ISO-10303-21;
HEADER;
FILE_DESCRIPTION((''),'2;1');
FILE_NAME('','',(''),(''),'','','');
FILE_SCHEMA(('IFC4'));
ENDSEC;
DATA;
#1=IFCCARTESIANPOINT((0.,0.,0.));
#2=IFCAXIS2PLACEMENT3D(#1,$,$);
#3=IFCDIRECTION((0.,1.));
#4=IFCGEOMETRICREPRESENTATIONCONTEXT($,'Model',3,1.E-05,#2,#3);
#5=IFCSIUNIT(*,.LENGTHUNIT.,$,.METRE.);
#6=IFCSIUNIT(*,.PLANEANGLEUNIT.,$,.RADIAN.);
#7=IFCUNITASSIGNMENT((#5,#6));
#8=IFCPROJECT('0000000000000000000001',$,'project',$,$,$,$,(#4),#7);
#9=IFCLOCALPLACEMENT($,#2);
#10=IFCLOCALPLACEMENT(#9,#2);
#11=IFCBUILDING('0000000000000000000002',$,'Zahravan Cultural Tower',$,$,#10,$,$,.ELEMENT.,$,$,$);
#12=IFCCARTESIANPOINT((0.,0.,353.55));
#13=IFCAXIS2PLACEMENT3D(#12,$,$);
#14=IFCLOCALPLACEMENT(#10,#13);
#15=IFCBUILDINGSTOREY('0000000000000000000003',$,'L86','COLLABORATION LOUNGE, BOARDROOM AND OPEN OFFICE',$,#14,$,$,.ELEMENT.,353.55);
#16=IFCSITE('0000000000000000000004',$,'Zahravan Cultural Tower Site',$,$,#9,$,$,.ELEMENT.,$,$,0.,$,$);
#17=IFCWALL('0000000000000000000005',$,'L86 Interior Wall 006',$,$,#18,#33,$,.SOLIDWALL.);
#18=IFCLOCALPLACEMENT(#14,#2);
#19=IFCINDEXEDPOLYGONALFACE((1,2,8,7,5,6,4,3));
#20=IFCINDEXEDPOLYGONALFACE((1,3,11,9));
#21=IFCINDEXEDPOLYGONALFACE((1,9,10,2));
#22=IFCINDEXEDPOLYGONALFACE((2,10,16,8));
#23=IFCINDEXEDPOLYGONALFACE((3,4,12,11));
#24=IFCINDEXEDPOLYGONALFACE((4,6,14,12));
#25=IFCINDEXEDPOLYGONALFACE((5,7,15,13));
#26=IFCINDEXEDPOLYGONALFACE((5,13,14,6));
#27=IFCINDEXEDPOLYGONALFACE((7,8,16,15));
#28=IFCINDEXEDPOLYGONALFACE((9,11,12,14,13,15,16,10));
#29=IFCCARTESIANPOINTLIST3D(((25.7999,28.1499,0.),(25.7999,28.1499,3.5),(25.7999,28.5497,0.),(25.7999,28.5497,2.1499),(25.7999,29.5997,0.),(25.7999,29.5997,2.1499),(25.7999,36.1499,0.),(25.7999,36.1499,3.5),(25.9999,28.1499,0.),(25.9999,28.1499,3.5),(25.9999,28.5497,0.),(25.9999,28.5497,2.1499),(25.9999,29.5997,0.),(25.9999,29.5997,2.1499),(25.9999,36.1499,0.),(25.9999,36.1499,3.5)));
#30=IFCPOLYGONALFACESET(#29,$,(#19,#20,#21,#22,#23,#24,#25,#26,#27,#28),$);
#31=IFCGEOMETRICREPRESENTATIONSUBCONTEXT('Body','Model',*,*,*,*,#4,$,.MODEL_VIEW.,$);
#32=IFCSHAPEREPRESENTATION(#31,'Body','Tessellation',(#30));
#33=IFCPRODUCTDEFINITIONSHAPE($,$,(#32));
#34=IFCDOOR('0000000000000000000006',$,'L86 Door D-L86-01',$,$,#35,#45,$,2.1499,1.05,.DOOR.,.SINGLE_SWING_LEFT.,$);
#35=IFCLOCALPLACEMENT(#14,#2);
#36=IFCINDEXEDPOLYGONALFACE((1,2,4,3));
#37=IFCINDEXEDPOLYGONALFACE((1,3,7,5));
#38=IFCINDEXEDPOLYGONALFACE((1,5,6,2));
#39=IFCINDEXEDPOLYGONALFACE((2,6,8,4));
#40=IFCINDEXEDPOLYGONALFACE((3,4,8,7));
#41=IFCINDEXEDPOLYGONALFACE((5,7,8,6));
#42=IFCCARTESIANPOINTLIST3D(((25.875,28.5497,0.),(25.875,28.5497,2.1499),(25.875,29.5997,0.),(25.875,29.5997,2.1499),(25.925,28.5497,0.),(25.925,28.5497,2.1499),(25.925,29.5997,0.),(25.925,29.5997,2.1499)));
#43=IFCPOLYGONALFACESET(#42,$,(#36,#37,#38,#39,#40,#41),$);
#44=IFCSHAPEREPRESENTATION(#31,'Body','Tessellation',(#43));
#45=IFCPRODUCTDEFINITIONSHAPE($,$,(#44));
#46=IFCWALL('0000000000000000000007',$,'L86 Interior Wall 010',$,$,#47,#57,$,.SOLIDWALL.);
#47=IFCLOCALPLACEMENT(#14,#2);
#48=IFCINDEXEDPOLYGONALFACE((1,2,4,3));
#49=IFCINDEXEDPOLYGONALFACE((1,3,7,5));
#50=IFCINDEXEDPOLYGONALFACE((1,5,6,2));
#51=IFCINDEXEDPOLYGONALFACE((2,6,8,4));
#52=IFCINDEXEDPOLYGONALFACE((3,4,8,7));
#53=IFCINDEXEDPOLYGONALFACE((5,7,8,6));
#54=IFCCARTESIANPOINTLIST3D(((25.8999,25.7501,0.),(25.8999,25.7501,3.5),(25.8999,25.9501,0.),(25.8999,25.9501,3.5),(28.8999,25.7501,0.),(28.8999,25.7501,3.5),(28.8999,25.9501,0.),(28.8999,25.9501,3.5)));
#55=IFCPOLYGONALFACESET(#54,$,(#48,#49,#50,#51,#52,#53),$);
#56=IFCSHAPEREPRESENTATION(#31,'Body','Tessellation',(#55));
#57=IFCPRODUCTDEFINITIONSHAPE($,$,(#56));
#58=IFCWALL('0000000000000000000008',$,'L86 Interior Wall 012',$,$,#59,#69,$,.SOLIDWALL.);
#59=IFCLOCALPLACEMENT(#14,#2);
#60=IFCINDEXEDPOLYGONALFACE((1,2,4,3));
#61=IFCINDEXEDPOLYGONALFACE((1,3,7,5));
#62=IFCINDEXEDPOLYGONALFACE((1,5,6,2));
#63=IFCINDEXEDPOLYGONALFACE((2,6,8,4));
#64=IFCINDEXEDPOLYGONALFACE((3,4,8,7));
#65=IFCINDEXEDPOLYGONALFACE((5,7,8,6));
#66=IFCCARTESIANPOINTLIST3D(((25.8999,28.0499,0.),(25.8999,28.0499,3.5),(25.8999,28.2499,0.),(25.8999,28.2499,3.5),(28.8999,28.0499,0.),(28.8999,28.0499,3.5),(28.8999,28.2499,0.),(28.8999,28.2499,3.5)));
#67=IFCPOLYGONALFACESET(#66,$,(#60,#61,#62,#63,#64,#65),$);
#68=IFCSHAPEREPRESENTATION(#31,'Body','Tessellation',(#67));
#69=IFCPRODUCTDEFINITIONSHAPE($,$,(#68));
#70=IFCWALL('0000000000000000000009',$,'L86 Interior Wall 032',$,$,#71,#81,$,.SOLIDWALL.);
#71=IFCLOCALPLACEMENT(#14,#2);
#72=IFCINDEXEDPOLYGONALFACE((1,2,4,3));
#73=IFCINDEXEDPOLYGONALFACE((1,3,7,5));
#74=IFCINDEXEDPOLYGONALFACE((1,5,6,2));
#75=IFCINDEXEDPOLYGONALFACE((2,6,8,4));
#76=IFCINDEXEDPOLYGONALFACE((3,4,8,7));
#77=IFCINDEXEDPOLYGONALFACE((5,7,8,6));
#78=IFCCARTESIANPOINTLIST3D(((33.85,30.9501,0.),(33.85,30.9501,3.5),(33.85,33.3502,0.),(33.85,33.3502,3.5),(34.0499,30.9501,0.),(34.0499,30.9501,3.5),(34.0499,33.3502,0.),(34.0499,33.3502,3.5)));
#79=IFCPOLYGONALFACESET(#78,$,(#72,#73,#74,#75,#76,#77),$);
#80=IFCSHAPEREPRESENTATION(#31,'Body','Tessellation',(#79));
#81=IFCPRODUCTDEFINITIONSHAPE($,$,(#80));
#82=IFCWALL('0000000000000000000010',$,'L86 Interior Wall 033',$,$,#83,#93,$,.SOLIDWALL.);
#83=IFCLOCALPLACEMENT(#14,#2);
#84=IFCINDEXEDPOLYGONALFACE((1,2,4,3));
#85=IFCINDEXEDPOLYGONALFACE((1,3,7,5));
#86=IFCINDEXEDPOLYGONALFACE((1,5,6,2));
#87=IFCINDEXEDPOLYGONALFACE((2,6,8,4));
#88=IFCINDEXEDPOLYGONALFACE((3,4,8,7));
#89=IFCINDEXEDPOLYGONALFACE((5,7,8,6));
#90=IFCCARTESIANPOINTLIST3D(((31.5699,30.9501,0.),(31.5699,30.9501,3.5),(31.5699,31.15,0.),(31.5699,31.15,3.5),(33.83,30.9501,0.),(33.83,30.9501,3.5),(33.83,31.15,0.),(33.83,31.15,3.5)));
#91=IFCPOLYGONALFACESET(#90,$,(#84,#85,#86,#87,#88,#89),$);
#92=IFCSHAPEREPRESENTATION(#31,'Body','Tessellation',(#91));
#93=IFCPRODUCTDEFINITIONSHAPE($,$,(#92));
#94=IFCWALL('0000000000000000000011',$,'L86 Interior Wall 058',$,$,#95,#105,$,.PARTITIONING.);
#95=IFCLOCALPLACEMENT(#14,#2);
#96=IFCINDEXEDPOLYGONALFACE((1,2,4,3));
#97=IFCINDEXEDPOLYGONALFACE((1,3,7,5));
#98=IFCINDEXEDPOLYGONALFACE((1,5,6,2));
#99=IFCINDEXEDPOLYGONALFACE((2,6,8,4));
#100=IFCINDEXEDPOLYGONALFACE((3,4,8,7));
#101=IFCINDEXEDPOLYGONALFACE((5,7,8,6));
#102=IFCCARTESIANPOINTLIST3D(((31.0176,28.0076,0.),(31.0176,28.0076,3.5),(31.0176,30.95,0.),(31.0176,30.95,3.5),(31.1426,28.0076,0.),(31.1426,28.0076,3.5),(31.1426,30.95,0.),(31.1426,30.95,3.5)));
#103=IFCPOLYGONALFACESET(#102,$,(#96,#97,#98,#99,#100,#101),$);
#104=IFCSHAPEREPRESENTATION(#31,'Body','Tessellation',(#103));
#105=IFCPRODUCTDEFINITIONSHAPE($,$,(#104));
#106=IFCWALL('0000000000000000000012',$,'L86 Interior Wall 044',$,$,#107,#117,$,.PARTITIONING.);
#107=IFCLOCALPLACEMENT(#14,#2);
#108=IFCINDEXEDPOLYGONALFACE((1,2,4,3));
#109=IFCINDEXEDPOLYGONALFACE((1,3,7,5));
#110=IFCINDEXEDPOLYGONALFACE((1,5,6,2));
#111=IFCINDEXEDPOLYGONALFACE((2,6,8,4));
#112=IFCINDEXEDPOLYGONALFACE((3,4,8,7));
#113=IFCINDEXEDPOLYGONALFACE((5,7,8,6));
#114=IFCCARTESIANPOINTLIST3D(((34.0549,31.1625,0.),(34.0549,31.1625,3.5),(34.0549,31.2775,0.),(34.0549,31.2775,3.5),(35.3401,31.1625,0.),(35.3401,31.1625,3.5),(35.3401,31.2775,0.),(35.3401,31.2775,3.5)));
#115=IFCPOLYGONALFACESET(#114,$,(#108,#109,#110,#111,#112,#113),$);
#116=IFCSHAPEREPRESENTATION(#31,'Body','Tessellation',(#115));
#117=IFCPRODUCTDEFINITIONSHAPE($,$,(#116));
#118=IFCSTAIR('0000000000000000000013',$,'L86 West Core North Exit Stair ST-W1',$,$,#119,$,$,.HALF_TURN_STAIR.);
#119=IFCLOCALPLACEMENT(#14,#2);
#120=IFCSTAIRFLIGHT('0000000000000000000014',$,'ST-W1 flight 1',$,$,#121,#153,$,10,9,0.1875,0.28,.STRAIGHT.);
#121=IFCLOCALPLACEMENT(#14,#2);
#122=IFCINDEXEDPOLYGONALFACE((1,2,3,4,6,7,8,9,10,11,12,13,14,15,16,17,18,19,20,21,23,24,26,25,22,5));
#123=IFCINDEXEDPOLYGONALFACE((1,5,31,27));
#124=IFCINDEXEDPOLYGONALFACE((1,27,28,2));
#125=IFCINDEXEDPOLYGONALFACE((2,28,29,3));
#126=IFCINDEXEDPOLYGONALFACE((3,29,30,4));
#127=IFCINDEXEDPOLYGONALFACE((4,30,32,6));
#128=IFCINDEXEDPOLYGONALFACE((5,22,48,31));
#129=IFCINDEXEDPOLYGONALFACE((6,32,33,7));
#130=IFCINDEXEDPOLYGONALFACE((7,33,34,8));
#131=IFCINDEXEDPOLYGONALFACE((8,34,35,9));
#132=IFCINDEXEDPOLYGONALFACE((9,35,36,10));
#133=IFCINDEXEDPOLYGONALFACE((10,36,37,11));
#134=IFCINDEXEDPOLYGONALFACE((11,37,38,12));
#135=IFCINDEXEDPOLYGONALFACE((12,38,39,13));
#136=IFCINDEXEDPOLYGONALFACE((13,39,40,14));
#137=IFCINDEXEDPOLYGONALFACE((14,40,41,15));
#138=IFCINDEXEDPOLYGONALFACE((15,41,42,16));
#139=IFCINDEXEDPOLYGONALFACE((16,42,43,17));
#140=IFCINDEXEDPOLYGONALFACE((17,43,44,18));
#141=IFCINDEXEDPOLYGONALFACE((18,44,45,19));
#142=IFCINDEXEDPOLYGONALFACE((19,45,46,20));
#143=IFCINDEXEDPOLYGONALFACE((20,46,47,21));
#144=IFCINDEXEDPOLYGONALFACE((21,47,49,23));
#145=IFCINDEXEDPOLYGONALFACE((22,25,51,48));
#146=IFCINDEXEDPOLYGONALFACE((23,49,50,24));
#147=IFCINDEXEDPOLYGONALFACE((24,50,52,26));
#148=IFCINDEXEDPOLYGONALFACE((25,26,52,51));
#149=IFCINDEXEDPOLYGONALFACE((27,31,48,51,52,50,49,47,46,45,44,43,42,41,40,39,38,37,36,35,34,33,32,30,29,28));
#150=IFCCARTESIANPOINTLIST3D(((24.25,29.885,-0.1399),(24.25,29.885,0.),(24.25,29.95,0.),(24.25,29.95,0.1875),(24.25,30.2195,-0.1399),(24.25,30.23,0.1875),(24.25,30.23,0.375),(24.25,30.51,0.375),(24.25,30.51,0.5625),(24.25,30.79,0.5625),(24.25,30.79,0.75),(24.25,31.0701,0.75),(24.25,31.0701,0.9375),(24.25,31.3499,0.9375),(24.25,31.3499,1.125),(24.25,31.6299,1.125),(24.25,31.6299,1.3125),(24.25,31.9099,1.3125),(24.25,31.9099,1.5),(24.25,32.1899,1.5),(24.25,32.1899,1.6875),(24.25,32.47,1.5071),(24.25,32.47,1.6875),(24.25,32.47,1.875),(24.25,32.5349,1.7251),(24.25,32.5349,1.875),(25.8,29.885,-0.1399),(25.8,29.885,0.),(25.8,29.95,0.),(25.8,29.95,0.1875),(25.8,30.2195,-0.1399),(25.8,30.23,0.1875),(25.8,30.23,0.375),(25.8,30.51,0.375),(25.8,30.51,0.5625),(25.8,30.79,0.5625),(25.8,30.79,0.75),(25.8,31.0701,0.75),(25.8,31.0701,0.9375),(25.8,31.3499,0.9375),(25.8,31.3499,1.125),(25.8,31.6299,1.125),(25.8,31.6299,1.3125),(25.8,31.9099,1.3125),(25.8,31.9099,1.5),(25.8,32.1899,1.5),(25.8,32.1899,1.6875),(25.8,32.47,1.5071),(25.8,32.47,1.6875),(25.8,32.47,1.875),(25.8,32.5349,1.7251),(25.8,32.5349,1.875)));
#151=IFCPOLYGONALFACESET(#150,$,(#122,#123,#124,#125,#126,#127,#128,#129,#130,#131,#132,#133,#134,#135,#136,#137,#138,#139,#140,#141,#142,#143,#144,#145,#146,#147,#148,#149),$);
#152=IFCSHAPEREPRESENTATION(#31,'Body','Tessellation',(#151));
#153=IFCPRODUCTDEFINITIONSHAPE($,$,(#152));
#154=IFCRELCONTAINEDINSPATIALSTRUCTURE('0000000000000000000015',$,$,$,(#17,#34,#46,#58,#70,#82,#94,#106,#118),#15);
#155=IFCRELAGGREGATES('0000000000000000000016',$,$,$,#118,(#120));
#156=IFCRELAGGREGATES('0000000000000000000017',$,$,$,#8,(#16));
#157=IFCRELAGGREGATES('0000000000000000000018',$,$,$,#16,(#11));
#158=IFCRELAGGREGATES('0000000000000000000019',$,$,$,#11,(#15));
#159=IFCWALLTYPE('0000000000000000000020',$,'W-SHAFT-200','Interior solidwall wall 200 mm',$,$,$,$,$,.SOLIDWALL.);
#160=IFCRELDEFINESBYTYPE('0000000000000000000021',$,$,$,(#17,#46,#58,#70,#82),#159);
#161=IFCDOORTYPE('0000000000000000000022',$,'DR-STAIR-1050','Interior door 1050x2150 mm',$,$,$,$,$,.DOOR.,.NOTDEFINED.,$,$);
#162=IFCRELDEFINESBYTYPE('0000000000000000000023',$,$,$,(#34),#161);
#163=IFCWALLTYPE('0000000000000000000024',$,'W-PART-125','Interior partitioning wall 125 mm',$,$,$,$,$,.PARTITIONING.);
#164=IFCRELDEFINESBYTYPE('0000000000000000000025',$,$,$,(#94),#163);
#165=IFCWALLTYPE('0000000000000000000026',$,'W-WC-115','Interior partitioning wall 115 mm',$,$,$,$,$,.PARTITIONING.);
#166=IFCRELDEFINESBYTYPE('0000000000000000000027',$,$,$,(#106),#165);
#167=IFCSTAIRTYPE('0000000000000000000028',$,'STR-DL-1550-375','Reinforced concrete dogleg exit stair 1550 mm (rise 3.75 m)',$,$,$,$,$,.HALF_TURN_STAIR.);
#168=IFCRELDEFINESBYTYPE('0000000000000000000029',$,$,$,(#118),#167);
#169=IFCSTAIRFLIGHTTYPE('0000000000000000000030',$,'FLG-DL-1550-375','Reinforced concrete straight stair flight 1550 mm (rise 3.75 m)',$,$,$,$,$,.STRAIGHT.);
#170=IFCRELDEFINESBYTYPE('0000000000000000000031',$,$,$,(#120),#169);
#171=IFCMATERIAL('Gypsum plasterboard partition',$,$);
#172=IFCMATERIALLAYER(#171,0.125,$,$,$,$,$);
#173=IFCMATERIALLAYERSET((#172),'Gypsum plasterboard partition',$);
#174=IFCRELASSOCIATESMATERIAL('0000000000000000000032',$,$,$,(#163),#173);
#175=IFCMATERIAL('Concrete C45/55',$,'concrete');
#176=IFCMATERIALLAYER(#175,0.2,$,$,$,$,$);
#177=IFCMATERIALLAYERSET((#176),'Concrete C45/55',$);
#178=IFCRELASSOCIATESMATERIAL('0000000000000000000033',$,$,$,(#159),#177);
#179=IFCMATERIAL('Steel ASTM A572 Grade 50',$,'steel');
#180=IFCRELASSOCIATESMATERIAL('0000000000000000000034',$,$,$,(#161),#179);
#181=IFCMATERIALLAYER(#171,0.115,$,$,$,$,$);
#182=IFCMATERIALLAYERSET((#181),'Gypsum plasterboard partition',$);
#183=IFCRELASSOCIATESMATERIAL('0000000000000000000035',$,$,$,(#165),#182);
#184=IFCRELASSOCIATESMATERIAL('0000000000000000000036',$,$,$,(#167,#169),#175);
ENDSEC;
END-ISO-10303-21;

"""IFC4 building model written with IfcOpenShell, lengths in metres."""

from ifc_helpers import new_model, si_unit, direction, frame, frame_2d, origin, place, context, subcontext, project, spatial, polyline, rectangle, outline, extrude, source, transform, mapped, material, layer, layer_set, type_object, element, fill, aggregate, save


model = new_model("IFC4")

# Units and contexts
model_context = context("Model", 3, precision=1e-05, world=origin(), true_north=direction((0.0, 1.0)))
body_context = subcontext(model_context, "Body", "Model", "MODEL_VIEW")
ifc_project = project(units=[si_unit("LENGTHUNIT", "METRE"), si_unit("PLANEANGLEUNIT", "RADIAN")], contexts=[model_context])

# Site, building, storey
site_placement = place(None, origin())
site = spatial("IfcSite", under=ifc_project, at=site_placement, Name="Zahravan Cultural Tower Site", CompositionType="ELEMENT", RefElevation=0.0)
building_placement = place(site_placement, origin())
building = spatial("IfcBuilding", under=site, at=building_placement, Name="Zahravan Cultural Tower", CompositionType="ELEMENT")
storey_placement = place(building_placement, frame((0.0, 0.0, 353.55)))
storey = spatial("IfcBuildingStorey", under=building, at=storey_placement, Name="L86", Description="COLLABORATION LOUNGE, BOARDROOM AND OPEN OFFICE", CompositionType="ELEMENT", Elevation=353.55)

# Wall, opening, door
ifc_material_1 = material(Name="Steel ASTM A572 Grade 50", Category="steel")
ifc_material_2 = material(Name="Gypsum plasterboard partition")
ifc_layer_1 = layer(ifc_material_2, 0.125)
ifc_layer_set_1 = layer_set([ifc_layer_1], Name="Gypsum plasterboard partition")
wall_type_1 = type_object("IfcWallType", Name="W-PART-125", Description="Interior partitioning wall 125 mm", PredefinedType="PARTITIONING", material=ifc_layer_set_1)
ifc_material_3 = material(Name="Concrete C45/55", Category="concrete")
ifc_layer_2 = layer(ifc_material_3, 0.2)
ifc_layer_set_2 = layer_set([ifc_layer_2], Name="Concrete C45/55")
wall_type_2 = type_object("IfcWallType", Name="W-SHAFT-200", Description="Interior solidwall wall 200 mm", PredefinedType="SOLIDWALL", material=ifc_layer_set_2)
wall_1_placement = place(storey_placement, frame((25.8999, 28.1499, 0.0), z_axis=(0.0, 0.0, 1.0), x_axis=(0.0, 1.0, 0.0)))
wall_1 = element("IfcWall", 1, at=wall_1_placement, inside=storey, type_object=wall_type_2, Name="L86 Interior Wall 006", PredefinedType="SOLIDWALL", context=body_context, shape_type="SweptSolid", body=[
    extrude(rectangle(XDim=8.0, YDim=0.2, at=frame_2d((4.0, 0.0))), origin(), (0.0, 0.0, 1.0), 3.5),
])
opening_1_placement = place(wall_1_placement, frame((0.3999, 0.0, 0.0)))
opening_1 = element("IfcOpeningElement", 2, at=opening_1_placement, cuts=wall_1, PredefinedType="OPENING", context=body_context, shape_type="SweptSolid", body=[
    extrude(rectangle(XDim=1.05, YDim=2.1499, at=frame_2d((0.5249, 1.075))), frame((0.0, 0.1099, 0.0), z_axis=(0.0, -1.0, 0.0), x_axis=(1.0, 0.0, 0.0)), (0.0, 0.0, 1.0), 0.22),
])
door_type_1 = type_object("IfcDoorType", Name="DR-STAIR-1050", Description="Interior door 1050x2150 mm", OperationType="NOTDEFINED", PredefinedType="DOOR", material=ifc_material_1)
shared_shape_1 = source(origin(), body_context, "Body", "SweptSolid", [
    extrude(rectangle(XDim=1.05, YDim=2.1499, at=frame_2d((0.5249, 1.075))), frame((0.0, 0.0249, 0.0), z_axis=(0.0, -1.0, 0.0), x_axis=(1.0, 0.0, 0.0)), (0.0, 0.0, 1.0), 0.05),
])
door_1_placement = place(opening_1_placement, origin())
door_1 = element("IfcDoor", 3, at=door_1_placement, inside=storey, type_object=door_type_1, Name="L86 Door D-L86-01", OperationType="SINGLE_SWING_LEFT", OverallHeight=2.1499, OverallWidth=1.05, PredefinedType="DOOR", context=body_context, shape_type="MappedRepresentation", body=[
    mapped(shared_shape_1, transform((0.0, 0.0, 0.0), x_axis=(1.0, 0.0, 0.0), y_axis=(0.0, 1.0, 0.0), z_axis=(0.0, 0.0, 1.0), scale=1.0)),
])
fill(opening_1, door_1)

# Walls
shared_shape_2 = source(origin(), body_context, "Body", "SweptSolid", [
    extrude(rectangle(XDim=3.0, YDim=0.2, at=frame_2d((1.5, 0.0))), origin(), (0.0, 0.0, 1.0), 3.5),
])
for number, where, z_axis, x_axis, name in (
    (4, (25.8999, 25.8501, 0.0), (0.0, 0.0, 1.0), (1.0, 0.0, 0.0), "L86 Interior Wall 010"),
    (5, (25.8999, 28.1499, 0.0), (0.0, 0.0, 1.0), (1.0, 0.0, 0.0), "L86 Interior Wall 012"),
):
    element("IfcWall", number, at=place(storey_placement, frame(where, z_axis=z_axis, x_axis=x_axis)), inside=storey, type_object=wall_type_2, Name=name, PredefinedType="SOLIDWALL", context=body_context, shape_type="MappedRepresentation", body=[
        mapped(shared_shape_2, transform((0.0, 0.0, 0.0), x_axis=(1.0, 0.0, 0.0), y_axis=(0.0, 1.0, 0.0), z_axis=(0.0, 0.0, 1.0), scale=1.0)),
    ])
shared_shape_3 = source(origin(), body_context, "Body", "SweptSolid", [
    extrude(rectangle(XDim=2.4001, YDim=0.2, at=frame_2d((1.2002, 0.0))), origin(), (0.0, 0.0, 1.0), 3.5),
])
wall_2_placement = place(storey_placement, frame((33.95, 30.95, 0.0), z_axis=(0.0, 0.0, 1.0), x_axis=(0.0, 1.0, 0.0)))
element("IfcWall", 6, at=wall_2_placement, inside=storey, type_object=wall_type_2, Name="L86 Interior Wall 032", PredefinedType="SOLIDWALL", context=body_context, shape_type="MappedRepresentation", body=[
    mapped(shared_shape_3, transform((0.0, 0.0, 0.0), x_axis=(1.0, 0.0, 0.0), y_axis=(0.0, 1.0, 0.0), z_axis=(0.0, 0.0, 1.0), scale=1.0)),
])
shared_shape_4 = source(origin(), body_context, "Body", "SweptSolid", [
    extrude(rectangle(XDim=2.26, YDim=0.2, at=frame_2d((1.1299, 0.0))), origin(), (0.0, 0.0, 1.0), 3.5),
])
wall_3_placement = place(storey_placement, frame((31.5701, 31.05, 0.0), z_axis=(0.0, 0.0, 1.0), x_axis=(1.0, 0.0, 0.0)))
element("IfcWall", 7, at=wall_3_placement, inside=storey, type_object=wall_type_2, Name="L86 Interior Wall 033", PredefinedType="SOLIDWALL", context=body_context, shape_type="MappedRepresentation", body=[
    mapped(shared_shape_4, transform((0.0, 0.0, 0.0), x_axis=(1.0, 0.0, 0.0), y_axis=(0.0, 1.0, 0.0), z_axis=(0.0, 0.0, 1.0), scale=1.0)),
])
shared_shape_5 = source(origin(), body_context, "Body", "SweptSolid", [
    extrude(rectangle(XDim=2.9424, YDim=0.125, at=frame_2d((1.4712, 0.0))), origin(), (0.0, 0.0, 1.0), 3.5),
])
wall_4_placement = place(storey_placement, frame((31.0801, 28.0076, 0.0), z_axis=(0.0, 0.0, 1.0), x_axis=(0.0, 1.0, 0.0)))
element("IfcWall", 8, at=wall_4_placement, inside=storey, type_object=wall_type_1, Name="L86 Interior Wall 058", PredefinedType="PARTITIONING", context=body_context, shape_type="MappedRepresentation", body=[
    mapped(shared_shape_5, transform((0.0, 0.0, 0.0), x_axis=(1.0, 0.0, 0.0), y_axis=(0.0, 1.0, 0.0), z_axis=(0.0, 0.0, 1.0), scale=1.0)),
])
ifc_layer_3 = layer(ifc_material_2, 0.115)
ifc_layer_set_3 = layer_set([ifc_layer_3], Name="Gypsum plasterboard partition")
wall_type_3 = type_object("IfcWallType", Name="W-WC-115", Description="Interior partitioning wall 115 mm", PredefinedType="PARTITIONING", material=ifc_layer_set_3)
shared_shape_6 = source(origin(), body_context, "Body", "SweptSolid", [
    extrude(rectangle(XDim=1.2852, YDim=0.115, at=frame_2d((0.6426, 0.0))), origin(), (0.0, 0.0, 1.0), 3.5),
])
wall_5_placement = place(storey_placement, frame((35.3401, 31.22, 0.0), z_axis=(0.0, 0.0, 1.0), x_axis=(-1.0, 0.0, 0.0)))
element("IfcWall", 9, at=wall_5_placement, inside=storey, type_object=wall_type_3, Name="L86 Interior Wall 044", PredefinedType="PARTITIONING", context=body_context, shape_type="MappedRepresentation", body=[
    mapped(shared_shape_6, transform((0.0, 0.0, 0.0), x_axis=(1.0, 0.0, 0.0), y_axis=(0.0, 1.0, 0.0), z_axis=(0.0, 0.0, 1.0), scale=1.0)),
])

# Stair, stair flight
stair_type = type_object("IfcStairType", Name="STR-DL-1550-375", Description="Reinforced concrete dogleg exit stair 1550 mm (rise 3.75 m)", PredefinedType="HALF_TURN_STAIR", material=ifc_material_3)
stair_placement = place(storey_placement, origin())
stair = element("IfcStair", 10, at=stair_placement, inside=storey, type_object=stair_type, Name="L86 West Core North Exit Stair ST-W1", PredefinedType="HALF_TURN_STAIR")
stair_flight_type = type_object("IfcStairFlightType", Name="FLG-DL-1550-375", Description="Reinforced concrete straight stair flight 1550 mm (rise 3.75 m)", PredefinedType="STRAIGHT", material=ifc_material_3)
stair_flight_placement = place(storey_placement, frame((25.0249, 29.95, 0.0), z_axis=(0.0, 0.0, 1.0), x_axis=(0.0, 1.0, 0.0)))
stair_flight = element("IfcStairFlight", 11, at=stair_flight_placement, type_object=stair_flight_type, Name="ST-W1 flight 1", NumberOfRisers=10, NumberOfTreads=9, PredefinedType="STRAIGHT", RiserHeight=0.1875, TreadLength=0.28, context=body_context, shape_type="SweptSolid", body=[
    extrude(outline(polyline([(-0.0649, -0.1399), (-0.0649, 0.0), (0.0, 0.0), (0.0, 0.1875), (0.28, 0.1875), (0.28, 0.375), (0.5601, 0.375), (0.5601, 0.5625), (0.8401, 0.5625), (0.8401, 0.75), (1.1201, 0.75), (1.1201, 0.9375), (1.3999, 0.9375), (1.3999, 1.125), (1.6799, 1.125), (1.6799, 1.3125), (1.96, 1.3125), (1.96, 1.5), (2.24, 1.5), (2.24, 1.6875), (2.52, 1.6875), (2.52, 1.875), (2.585, 1.875), (2.585, 1.7251), (2.52, 1.5071), (0.2695, -0.1399), (-0.0649, -0.1399)])), frame((0.0, 0.7749, 0.0), z_axis=(0.0, -1.0, 0.0), x_axis=(1.0, 0.0, 0.0)), (0.0, 0.0, 1.0), 1.55),
])
aggregate(stair, [stair_flight])

save(model, "model.ifc")
